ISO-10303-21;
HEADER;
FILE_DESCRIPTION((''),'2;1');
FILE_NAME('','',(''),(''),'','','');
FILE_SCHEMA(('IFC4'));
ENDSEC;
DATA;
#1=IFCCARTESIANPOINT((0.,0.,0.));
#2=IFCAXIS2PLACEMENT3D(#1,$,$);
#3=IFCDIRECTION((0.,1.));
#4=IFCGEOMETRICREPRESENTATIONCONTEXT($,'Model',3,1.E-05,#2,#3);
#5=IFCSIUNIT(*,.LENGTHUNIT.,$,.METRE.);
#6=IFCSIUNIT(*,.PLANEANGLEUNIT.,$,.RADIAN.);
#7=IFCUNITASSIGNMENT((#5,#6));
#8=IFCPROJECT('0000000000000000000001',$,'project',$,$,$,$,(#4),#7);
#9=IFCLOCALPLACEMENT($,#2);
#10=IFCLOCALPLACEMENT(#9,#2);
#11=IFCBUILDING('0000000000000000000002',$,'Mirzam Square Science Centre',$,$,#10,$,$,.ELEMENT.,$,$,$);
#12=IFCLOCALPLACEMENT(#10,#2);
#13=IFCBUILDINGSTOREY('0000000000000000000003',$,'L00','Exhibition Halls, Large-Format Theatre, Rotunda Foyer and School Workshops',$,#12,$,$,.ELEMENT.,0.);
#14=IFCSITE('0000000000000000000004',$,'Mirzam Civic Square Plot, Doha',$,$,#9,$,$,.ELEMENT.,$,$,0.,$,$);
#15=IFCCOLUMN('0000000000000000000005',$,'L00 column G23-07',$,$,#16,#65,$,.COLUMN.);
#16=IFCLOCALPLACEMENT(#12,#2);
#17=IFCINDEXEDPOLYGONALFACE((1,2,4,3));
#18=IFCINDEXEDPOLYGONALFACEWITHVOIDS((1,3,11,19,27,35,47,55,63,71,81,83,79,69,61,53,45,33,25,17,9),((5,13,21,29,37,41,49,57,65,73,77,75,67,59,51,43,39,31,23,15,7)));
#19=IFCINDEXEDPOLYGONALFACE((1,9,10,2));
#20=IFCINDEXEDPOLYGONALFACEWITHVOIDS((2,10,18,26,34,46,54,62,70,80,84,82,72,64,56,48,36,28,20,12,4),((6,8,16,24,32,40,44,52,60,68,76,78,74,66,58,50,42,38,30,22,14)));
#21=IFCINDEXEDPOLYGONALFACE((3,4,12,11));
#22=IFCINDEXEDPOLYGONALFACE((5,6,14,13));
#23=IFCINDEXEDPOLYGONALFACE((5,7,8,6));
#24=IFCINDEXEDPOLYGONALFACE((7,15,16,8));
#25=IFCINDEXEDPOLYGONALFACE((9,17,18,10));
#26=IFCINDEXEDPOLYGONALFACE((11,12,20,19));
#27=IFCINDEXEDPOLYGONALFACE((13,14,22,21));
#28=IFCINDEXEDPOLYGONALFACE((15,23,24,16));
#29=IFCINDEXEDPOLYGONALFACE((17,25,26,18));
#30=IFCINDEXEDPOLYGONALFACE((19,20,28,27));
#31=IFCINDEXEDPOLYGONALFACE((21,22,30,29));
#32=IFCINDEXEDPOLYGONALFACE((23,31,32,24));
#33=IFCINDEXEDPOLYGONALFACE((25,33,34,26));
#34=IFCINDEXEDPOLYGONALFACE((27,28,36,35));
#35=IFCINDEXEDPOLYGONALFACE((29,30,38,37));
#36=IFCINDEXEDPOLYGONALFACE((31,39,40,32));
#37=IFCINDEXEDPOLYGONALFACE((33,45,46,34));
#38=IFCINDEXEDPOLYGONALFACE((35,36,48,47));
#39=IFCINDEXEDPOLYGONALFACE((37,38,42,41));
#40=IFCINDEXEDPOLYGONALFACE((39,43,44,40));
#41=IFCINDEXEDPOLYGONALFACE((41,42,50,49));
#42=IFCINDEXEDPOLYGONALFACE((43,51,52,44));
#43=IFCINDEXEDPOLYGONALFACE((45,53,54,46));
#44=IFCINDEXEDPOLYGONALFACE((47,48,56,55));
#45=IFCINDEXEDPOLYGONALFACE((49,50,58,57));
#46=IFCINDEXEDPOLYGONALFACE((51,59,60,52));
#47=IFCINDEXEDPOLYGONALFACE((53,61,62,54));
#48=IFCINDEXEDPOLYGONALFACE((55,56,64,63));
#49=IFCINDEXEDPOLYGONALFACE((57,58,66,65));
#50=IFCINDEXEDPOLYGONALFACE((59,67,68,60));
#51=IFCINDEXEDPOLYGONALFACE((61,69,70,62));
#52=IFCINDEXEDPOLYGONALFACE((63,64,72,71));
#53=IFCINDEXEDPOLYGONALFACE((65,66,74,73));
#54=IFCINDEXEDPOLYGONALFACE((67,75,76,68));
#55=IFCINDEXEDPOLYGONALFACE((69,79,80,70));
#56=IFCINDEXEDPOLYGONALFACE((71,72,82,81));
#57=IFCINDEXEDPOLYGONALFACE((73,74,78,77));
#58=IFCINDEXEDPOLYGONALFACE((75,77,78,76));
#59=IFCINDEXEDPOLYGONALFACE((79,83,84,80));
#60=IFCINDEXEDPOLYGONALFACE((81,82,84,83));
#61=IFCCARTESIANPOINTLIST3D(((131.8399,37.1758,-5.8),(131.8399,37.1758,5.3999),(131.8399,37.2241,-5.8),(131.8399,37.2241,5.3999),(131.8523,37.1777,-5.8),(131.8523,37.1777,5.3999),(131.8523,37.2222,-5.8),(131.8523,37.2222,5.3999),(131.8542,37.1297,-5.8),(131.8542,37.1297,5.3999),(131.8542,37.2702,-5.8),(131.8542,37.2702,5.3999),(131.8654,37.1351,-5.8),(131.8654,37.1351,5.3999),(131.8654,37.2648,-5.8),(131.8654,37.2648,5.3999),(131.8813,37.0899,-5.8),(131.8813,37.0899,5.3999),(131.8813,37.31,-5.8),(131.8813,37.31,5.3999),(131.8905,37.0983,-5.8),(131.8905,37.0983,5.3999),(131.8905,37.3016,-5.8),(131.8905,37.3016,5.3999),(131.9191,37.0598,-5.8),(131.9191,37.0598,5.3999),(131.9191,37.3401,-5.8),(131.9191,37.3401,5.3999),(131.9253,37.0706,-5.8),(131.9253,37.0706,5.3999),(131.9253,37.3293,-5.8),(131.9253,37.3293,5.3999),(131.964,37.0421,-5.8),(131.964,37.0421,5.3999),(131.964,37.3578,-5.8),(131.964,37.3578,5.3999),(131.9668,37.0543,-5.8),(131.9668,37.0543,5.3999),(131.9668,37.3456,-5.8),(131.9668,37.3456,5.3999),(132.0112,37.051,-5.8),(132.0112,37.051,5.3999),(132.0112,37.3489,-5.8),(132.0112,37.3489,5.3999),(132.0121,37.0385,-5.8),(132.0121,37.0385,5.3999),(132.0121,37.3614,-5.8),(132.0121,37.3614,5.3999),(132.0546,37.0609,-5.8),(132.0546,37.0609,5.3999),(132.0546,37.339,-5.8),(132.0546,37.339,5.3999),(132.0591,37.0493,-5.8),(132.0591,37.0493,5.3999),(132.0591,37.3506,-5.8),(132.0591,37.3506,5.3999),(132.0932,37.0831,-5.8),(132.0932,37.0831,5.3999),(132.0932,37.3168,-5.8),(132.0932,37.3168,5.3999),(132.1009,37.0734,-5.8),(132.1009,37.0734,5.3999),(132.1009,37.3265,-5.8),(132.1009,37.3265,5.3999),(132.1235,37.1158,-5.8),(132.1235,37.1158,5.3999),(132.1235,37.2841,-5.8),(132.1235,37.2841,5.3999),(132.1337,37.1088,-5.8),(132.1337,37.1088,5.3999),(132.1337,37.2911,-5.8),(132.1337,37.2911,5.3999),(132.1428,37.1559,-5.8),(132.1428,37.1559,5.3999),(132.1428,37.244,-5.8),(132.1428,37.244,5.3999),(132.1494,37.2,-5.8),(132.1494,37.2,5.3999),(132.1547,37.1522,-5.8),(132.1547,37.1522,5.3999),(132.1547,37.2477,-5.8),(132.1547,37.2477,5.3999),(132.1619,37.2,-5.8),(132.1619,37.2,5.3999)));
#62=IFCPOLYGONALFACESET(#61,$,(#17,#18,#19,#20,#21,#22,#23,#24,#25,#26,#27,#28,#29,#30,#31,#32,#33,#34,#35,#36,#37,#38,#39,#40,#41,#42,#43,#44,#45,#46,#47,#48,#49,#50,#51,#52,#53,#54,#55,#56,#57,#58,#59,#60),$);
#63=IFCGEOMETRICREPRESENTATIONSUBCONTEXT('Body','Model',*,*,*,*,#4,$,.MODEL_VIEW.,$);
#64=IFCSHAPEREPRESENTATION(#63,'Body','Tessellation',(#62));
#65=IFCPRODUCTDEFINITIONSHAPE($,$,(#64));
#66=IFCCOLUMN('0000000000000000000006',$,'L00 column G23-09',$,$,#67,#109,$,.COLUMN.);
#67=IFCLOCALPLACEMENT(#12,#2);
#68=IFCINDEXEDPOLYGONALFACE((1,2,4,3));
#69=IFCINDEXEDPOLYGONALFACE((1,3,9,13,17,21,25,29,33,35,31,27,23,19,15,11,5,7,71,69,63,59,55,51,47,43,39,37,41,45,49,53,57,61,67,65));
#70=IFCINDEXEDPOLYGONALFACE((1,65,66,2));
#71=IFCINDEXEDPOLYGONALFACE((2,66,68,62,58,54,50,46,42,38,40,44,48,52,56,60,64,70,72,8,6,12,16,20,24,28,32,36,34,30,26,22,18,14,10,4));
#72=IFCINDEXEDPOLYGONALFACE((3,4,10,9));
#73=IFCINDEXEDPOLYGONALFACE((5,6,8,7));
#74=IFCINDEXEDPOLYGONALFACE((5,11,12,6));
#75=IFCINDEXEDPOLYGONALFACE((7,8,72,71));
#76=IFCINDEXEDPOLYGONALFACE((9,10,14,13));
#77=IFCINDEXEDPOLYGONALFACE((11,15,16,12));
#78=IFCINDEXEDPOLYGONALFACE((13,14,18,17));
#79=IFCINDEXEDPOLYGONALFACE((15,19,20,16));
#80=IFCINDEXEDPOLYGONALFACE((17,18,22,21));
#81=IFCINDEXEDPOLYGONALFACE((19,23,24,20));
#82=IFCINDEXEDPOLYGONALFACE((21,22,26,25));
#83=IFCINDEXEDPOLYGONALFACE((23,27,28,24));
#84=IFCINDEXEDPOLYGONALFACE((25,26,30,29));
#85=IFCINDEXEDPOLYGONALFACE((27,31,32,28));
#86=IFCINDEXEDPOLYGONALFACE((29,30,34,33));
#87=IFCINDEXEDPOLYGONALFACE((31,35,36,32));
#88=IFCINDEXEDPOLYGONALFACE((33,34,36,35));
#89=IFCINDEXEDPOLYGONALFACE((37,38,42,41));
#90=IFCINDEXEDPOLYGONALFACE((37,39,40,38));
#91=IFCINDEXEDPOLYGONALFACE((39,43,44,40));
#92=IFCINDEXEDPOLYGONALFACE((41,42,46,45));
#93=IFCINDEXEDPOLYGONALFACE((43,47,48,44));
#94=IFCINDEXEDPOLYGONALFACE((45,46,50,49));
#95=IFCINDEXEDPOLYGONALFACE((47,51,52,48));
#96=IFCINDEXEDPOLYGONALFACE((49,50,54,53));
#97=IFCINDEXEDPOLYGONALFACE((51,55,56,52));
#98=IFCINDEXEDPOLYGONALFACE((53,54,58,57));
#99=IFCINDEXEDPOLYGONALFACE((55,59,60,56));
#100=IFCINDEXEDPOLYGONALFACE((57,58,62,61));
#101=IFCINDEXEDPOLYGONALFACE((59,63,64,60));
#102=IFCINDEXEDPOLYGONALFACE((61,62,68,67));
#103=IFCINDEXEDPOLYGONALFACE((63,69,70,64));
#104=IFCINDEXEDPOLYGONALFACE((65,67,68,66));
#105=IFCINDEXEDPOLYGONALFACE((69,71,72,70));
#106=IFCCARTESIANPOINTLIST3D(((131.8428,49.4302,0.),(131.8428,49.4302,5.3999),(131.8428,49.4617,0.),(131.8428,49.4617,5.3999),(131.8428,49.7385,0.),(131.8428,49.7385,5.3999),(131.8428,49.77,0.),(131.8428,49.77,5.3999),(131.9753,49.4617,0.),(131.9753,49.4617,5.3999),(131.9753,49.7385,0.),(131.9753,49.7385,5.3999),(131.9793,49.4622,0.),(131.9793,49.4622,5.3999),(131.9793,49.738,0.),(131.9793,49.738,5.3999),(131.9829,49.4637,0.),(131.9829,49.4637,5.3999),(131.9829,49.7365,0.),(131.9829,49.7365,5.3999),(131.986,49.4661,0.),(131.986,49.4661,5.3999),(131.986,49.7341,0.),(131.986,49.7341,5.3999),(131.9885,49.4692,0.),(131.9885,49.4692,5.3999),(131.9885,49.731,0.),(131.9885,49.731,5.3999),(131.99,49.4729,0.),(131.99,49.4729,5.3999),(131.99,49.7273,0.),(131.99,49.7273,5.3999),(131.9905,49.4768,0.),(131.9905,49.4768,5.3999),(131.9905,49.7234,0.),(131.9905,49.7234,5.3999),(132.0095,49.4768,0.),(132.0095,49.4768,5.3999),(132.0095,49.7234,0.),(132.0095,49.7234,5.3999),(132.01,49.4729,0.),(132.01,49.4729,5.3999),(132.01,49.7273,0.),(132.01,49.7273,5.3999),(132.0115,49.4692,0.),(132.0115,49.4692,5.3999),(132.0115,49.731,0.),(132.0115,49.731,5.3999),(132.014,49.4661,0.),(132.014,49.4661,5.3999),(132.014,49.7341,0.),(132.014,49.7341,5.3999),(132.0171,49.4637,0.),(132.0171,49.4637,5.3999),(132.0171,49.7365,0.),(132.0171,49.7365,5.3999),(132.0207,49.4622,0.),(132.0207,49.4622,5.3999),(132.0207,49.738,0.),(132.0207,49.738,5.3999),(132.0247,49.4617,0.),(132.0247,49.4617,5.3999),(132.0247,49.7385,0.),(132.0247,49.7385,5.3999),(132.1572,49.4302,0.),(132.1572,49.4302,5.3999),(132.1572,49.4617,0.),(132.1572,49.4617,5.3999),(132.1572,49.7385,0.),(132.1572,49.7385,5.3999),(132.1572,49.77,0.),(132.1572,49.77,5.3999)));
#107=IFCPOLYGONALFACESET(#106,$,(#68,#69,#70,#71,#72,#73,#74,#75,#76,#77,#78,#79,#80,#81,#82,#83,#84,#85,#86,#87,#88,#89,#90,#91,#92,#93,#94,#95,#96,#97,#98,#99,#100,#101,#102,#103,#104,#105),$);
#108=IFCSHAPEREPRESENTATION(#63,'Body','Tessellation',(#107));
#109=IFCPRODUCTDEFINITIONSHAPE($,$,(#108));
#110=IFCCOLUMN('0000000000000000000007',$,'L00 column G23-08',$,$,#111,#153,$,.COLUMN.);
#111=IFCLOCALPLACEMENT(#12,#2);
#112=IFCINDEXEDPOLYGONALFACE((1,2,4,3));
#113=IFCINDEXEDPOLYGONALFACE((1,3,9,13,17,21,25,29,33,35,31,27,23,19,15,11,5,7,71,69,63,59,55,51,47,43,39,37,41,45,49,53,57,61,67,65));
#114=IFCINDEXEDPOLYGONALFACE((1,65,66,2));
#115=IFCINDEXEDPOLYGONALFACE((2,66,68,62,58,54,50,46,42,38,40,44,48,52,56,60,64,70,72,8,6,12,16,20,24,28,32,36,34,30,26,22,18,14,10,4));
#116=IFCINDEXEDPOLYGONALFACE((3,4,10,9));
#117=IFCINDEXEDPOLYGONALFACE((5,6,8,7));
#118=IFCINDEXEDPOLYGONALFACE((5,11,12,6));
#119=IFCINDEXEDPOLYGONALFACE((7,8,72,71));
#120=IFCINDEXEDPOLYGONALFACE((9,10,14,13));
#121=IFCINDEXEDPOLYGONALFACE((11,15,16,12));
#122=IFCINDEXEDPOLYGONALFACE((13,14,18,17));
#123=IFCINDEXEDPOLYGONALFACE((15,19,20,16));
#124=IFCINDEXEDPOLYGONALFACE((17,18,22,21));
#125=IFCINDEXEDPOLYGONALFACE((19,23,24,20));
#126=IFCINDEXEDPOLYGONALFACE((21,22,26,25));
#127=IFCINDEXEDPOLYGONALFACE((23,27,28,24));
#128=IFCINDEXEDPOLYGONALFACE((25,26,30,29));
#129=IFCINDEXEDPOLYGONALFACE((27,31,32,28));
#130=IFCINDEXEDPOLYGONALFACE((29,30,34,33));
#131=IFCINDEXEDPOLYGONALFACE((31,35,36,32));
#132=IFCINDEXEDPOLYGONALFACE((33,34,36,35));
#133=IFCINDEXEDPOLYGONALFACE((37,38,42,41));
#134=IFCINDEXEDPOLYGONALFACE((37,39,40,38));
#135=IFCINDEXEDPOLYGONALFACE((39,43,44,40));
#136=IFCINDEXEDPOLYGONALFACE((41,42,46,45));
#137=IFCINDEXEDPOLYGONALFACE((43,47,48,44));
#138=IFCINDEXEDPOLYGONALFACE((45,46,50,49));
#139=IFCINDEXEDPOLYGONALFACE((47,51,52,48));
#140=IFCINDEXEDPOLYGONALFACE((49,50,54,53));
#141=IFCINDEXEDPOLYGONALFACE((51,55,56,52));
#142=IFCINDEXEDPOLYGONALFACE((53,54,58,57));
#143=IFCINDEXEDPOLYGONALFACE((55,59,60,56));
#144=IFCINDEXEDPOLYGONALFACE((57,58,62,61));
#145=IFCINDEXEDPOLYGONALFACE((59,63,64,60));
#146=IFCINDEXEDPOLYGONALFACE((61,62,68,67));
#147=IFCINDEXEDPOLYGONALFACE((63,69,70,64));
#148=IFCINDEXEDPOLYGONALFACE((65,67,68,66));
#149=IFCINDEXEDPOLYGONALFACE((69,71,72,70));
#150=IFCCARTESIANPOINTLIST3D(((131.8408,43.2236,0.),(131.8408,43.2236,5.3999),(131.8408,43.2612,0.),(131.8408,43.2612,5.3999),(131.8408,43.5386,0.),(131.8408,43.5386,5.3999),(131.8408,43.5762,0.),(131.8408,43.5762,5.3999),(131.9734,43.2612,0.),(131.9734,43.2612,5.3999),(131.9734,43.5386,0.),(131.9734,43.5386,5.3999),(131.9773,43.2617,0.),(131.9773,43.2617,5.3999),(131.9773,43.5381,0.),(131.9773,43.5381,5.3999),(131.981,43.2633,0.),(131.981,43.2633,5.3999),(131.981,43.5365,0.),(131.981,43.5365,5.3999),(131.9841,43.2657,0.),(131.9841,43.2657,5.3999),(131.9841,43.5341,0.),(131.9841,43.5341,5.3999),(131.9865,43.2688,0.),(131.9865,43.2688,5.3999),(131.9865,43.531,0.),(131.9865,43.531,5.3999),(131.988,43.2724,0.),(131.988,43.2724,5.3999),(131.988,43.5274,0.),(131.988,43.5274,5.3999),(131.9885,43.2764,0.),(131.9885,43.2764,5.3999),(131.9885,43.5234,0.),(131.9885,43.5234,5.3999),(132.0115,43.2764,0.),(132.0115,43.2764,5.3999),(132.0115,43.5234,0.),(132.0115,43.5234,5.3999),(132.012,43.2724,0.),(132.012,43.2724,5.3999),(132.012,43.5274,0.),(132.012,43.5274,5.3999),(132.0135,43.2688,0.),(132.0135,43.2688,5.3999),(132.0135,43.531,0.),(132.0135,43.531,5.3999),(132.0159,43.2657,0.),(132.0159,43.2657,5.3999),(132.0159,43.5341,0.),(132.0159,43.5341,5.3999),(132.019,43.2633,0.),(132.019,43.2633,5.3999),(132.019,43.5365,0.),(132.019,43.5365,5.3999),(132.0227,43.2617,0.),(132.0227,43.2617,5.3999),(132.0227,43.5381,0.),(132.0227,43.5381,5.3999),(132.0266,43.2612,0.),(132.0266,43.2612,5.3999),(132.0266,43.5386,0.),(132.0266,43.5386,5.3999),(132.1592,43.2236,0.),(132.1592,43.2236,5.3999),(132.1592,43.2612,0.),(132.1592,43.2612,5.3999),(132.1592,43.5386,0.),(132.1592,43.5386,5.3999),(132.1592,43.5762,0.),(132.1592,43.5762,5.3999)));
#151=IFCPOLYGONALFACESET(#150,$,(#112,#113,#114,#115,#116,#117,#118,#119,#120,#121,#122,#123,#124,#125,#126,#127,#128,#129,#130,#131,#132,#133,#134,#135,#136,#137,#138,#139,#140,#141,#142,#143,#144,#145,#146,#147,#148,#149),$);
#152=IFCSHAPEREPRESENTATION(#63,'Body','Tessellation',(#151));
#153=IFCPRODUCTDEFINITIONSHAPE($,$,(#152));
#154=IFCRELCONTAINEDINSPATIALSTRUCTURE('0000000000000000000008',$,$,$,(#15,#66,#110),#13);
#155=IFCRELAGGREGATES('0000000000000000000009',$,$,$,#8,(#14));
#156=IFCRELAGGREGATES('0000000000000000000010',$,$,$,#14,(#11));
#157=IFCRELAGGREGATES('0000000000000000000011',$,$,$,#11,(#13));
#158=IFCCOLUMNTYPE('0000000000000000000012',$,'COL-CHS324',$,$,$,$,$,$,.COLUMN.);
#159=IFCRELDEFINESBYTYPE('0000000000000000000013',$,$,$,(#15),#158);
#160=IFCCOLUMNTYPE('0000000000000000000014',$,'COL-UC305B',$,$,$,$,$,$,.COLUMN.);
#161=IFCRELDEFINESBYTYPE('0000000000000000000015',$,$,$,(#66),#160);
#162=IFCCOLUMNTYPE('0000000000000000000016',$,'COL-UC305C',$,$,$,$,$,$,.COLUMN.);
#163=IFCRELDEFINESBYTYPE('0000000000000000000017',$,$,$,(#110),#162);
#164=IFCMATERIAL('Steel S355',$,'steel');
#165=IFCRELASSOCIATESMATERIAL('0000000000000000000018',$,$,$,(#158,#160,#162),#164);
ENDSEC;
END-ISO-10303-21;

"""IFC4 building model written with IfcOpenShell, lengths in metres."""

from ifc_helpers import new_model, si_unit, direction, frame, origin, origin_2d, place, context, subcontext, project, spatial, hollow_circle, i_section, extrude, material, material_profile, profile_set, type_object, element, save


model = new_model("IFC4")

# Units and contexts
model_context = context("Model", 3, precision=1e-05, world=origin(), true_north=direction((0.0, 1.0)))
body_context = subcontext(model_context, "Body", "Model", "MODEL_VIEW")
ifc_project = project(units=[si_unit("LENGTHUNIT", "METRE"), si_unit("PLANEANGLEUNIT", "RADIAN")], contexts=[model_context])

# Site, building, storey
site_placement = place(None, origin())
site = spatial("IfcSite", under=ifc_project, at=site_placement, Name="Mirzam Civic Square Plot, Doha", CompositionType="ELEMENT", RefElevation=0.0)
building_placement = place(site_placement, origin())
building = spatial("IfcBuilding", under=site, at=building_placement, Name="Mirzam Square Science Centre", CompositionType="ELEMENT")
storey_placement = place(building_placement, origin())
storey = spatial("IfcBuildingStorey", under=building, at=storey_placement, Name="L00", Description="Exhibition Halls, Large-Format Theatre, Rotunda Foyer and School Workshops", CompositionType="ELEMENT", Elevation=0.0)

# Columns
ifc_material_1 = material(Name="Steel S355", Category="steel")
ifc_material_profile_1 = material_profile(ifc_material_1, hollow_circle(Radius=0.1619, WallThickness=0.0125, at=origin_2d()), Name="323.9x12.5CHS")
ifc_profile_set_1 = profile_set([ifc_material_profile_1], Name="Steel S355")
column_type_1 = type_object("IfcColumnType", Name="COL-CHS324", PredefinedType="COLUMN", material=ifc_profile_set_1)
column_1_placement = place(storey_placement, frame((132.0, 37.2, -5.8), z_axis=(0.0, 0.0, 1.0), x_axis=(1.0, 0.0, 0.0)))
element("IfcColumn", 1, at=column_1_placement, inside=storey, type_object=column_type_1, Name="L00 column G23-07", PredefinedType="COLUMN", context=body_context, shape_type="SweptSolid", body=[
    extrude(hollow_circle(Radius=0.1619, WallThickness=0.0125, at=origin_2d()), origin(), (0.0, 0.0, 1.0), 11.2),
])
ifc_material_profile_2 = material_profile(ifc_material_1, i_section(OverallWidth=0.3145, OverallDepth=0.3398, WebThickness=0.019, FlangeThickness=0.0315, FilletRadius=0.0151, at=origin_2d()), Name="305x305x198UC")
ifc_profile_set_2 = profile_set([ifc_material_profile_2], Name="Steel S355")
column_type_2 = type_object("IfcColumnType", Name="COL-UC305B", PredefinedType="COLUMN", material=ifc_profile_set_2)
column_2_placement = place(storey_placement, frame((132.0, 49.6001, 0.0), z_axis=(0.0, 0.0, 1.0), x_axis=(1.0, 0.0, 0.0)))
element("IfcColumn", 2, at=column_2_placement, inside=storey, type_object=column_type_2, Name="L00 column G23-09", PredefinedType="COLUMN", context=body_context, shape_type="SweptSolid", body=[
    extrude(i_section(OverallWidth=0.3145, OverallDepth=0.3398, WebThickness=0.019, FlangeThickness=0.0315, FilletRadius=0.0151, at=origin_2d()), origin(), (0.0, 0.0, 1.0), 5.3999),
])
ifc_material_profile_3 = material_profile(ifc_material_1, i_section(OverallWidth=0.3184, OverallDepth=0.3525, WebThickness=0.0229, FlangeThickness=0.0376, FilletRadius=0.0151, at=origin_2d()), Name="305x305x240UC")
ifc_profile_set_3 = profile_set([ifc_material_profile_3], Name="Steel S355")
column_type_3 = type_object("IfcColumnType", Name="COL-UC305C", PredefinedType="COLUMN", material=ifc_profile_set_3)
column_3_placement = place(storey_placement, frame((132.0, 43.3999, 0.0), z_axis=(0.0, 0.0, 1.0), x_axis=(1.0, 0.0, 0.0)))
element("IfcColumn", 3, at=column_3_placement, inside=storey, type_object=column_type_3, Name="L00 column G23-08", PredefinedType="COLUMN", context=body_context, shape_type="SweptSolid", body=[
    extrude(i_section(OverallWidth=0.3184, OverallDepth=0.3525, WebThickness=0.0229, FlangeThickness=0.0376, FilletRadius=0.0151, at=origin_2d()), origin(), (0.0, 0.0, 1.0), 5.3999),
])

save(model, "model.ifc")
